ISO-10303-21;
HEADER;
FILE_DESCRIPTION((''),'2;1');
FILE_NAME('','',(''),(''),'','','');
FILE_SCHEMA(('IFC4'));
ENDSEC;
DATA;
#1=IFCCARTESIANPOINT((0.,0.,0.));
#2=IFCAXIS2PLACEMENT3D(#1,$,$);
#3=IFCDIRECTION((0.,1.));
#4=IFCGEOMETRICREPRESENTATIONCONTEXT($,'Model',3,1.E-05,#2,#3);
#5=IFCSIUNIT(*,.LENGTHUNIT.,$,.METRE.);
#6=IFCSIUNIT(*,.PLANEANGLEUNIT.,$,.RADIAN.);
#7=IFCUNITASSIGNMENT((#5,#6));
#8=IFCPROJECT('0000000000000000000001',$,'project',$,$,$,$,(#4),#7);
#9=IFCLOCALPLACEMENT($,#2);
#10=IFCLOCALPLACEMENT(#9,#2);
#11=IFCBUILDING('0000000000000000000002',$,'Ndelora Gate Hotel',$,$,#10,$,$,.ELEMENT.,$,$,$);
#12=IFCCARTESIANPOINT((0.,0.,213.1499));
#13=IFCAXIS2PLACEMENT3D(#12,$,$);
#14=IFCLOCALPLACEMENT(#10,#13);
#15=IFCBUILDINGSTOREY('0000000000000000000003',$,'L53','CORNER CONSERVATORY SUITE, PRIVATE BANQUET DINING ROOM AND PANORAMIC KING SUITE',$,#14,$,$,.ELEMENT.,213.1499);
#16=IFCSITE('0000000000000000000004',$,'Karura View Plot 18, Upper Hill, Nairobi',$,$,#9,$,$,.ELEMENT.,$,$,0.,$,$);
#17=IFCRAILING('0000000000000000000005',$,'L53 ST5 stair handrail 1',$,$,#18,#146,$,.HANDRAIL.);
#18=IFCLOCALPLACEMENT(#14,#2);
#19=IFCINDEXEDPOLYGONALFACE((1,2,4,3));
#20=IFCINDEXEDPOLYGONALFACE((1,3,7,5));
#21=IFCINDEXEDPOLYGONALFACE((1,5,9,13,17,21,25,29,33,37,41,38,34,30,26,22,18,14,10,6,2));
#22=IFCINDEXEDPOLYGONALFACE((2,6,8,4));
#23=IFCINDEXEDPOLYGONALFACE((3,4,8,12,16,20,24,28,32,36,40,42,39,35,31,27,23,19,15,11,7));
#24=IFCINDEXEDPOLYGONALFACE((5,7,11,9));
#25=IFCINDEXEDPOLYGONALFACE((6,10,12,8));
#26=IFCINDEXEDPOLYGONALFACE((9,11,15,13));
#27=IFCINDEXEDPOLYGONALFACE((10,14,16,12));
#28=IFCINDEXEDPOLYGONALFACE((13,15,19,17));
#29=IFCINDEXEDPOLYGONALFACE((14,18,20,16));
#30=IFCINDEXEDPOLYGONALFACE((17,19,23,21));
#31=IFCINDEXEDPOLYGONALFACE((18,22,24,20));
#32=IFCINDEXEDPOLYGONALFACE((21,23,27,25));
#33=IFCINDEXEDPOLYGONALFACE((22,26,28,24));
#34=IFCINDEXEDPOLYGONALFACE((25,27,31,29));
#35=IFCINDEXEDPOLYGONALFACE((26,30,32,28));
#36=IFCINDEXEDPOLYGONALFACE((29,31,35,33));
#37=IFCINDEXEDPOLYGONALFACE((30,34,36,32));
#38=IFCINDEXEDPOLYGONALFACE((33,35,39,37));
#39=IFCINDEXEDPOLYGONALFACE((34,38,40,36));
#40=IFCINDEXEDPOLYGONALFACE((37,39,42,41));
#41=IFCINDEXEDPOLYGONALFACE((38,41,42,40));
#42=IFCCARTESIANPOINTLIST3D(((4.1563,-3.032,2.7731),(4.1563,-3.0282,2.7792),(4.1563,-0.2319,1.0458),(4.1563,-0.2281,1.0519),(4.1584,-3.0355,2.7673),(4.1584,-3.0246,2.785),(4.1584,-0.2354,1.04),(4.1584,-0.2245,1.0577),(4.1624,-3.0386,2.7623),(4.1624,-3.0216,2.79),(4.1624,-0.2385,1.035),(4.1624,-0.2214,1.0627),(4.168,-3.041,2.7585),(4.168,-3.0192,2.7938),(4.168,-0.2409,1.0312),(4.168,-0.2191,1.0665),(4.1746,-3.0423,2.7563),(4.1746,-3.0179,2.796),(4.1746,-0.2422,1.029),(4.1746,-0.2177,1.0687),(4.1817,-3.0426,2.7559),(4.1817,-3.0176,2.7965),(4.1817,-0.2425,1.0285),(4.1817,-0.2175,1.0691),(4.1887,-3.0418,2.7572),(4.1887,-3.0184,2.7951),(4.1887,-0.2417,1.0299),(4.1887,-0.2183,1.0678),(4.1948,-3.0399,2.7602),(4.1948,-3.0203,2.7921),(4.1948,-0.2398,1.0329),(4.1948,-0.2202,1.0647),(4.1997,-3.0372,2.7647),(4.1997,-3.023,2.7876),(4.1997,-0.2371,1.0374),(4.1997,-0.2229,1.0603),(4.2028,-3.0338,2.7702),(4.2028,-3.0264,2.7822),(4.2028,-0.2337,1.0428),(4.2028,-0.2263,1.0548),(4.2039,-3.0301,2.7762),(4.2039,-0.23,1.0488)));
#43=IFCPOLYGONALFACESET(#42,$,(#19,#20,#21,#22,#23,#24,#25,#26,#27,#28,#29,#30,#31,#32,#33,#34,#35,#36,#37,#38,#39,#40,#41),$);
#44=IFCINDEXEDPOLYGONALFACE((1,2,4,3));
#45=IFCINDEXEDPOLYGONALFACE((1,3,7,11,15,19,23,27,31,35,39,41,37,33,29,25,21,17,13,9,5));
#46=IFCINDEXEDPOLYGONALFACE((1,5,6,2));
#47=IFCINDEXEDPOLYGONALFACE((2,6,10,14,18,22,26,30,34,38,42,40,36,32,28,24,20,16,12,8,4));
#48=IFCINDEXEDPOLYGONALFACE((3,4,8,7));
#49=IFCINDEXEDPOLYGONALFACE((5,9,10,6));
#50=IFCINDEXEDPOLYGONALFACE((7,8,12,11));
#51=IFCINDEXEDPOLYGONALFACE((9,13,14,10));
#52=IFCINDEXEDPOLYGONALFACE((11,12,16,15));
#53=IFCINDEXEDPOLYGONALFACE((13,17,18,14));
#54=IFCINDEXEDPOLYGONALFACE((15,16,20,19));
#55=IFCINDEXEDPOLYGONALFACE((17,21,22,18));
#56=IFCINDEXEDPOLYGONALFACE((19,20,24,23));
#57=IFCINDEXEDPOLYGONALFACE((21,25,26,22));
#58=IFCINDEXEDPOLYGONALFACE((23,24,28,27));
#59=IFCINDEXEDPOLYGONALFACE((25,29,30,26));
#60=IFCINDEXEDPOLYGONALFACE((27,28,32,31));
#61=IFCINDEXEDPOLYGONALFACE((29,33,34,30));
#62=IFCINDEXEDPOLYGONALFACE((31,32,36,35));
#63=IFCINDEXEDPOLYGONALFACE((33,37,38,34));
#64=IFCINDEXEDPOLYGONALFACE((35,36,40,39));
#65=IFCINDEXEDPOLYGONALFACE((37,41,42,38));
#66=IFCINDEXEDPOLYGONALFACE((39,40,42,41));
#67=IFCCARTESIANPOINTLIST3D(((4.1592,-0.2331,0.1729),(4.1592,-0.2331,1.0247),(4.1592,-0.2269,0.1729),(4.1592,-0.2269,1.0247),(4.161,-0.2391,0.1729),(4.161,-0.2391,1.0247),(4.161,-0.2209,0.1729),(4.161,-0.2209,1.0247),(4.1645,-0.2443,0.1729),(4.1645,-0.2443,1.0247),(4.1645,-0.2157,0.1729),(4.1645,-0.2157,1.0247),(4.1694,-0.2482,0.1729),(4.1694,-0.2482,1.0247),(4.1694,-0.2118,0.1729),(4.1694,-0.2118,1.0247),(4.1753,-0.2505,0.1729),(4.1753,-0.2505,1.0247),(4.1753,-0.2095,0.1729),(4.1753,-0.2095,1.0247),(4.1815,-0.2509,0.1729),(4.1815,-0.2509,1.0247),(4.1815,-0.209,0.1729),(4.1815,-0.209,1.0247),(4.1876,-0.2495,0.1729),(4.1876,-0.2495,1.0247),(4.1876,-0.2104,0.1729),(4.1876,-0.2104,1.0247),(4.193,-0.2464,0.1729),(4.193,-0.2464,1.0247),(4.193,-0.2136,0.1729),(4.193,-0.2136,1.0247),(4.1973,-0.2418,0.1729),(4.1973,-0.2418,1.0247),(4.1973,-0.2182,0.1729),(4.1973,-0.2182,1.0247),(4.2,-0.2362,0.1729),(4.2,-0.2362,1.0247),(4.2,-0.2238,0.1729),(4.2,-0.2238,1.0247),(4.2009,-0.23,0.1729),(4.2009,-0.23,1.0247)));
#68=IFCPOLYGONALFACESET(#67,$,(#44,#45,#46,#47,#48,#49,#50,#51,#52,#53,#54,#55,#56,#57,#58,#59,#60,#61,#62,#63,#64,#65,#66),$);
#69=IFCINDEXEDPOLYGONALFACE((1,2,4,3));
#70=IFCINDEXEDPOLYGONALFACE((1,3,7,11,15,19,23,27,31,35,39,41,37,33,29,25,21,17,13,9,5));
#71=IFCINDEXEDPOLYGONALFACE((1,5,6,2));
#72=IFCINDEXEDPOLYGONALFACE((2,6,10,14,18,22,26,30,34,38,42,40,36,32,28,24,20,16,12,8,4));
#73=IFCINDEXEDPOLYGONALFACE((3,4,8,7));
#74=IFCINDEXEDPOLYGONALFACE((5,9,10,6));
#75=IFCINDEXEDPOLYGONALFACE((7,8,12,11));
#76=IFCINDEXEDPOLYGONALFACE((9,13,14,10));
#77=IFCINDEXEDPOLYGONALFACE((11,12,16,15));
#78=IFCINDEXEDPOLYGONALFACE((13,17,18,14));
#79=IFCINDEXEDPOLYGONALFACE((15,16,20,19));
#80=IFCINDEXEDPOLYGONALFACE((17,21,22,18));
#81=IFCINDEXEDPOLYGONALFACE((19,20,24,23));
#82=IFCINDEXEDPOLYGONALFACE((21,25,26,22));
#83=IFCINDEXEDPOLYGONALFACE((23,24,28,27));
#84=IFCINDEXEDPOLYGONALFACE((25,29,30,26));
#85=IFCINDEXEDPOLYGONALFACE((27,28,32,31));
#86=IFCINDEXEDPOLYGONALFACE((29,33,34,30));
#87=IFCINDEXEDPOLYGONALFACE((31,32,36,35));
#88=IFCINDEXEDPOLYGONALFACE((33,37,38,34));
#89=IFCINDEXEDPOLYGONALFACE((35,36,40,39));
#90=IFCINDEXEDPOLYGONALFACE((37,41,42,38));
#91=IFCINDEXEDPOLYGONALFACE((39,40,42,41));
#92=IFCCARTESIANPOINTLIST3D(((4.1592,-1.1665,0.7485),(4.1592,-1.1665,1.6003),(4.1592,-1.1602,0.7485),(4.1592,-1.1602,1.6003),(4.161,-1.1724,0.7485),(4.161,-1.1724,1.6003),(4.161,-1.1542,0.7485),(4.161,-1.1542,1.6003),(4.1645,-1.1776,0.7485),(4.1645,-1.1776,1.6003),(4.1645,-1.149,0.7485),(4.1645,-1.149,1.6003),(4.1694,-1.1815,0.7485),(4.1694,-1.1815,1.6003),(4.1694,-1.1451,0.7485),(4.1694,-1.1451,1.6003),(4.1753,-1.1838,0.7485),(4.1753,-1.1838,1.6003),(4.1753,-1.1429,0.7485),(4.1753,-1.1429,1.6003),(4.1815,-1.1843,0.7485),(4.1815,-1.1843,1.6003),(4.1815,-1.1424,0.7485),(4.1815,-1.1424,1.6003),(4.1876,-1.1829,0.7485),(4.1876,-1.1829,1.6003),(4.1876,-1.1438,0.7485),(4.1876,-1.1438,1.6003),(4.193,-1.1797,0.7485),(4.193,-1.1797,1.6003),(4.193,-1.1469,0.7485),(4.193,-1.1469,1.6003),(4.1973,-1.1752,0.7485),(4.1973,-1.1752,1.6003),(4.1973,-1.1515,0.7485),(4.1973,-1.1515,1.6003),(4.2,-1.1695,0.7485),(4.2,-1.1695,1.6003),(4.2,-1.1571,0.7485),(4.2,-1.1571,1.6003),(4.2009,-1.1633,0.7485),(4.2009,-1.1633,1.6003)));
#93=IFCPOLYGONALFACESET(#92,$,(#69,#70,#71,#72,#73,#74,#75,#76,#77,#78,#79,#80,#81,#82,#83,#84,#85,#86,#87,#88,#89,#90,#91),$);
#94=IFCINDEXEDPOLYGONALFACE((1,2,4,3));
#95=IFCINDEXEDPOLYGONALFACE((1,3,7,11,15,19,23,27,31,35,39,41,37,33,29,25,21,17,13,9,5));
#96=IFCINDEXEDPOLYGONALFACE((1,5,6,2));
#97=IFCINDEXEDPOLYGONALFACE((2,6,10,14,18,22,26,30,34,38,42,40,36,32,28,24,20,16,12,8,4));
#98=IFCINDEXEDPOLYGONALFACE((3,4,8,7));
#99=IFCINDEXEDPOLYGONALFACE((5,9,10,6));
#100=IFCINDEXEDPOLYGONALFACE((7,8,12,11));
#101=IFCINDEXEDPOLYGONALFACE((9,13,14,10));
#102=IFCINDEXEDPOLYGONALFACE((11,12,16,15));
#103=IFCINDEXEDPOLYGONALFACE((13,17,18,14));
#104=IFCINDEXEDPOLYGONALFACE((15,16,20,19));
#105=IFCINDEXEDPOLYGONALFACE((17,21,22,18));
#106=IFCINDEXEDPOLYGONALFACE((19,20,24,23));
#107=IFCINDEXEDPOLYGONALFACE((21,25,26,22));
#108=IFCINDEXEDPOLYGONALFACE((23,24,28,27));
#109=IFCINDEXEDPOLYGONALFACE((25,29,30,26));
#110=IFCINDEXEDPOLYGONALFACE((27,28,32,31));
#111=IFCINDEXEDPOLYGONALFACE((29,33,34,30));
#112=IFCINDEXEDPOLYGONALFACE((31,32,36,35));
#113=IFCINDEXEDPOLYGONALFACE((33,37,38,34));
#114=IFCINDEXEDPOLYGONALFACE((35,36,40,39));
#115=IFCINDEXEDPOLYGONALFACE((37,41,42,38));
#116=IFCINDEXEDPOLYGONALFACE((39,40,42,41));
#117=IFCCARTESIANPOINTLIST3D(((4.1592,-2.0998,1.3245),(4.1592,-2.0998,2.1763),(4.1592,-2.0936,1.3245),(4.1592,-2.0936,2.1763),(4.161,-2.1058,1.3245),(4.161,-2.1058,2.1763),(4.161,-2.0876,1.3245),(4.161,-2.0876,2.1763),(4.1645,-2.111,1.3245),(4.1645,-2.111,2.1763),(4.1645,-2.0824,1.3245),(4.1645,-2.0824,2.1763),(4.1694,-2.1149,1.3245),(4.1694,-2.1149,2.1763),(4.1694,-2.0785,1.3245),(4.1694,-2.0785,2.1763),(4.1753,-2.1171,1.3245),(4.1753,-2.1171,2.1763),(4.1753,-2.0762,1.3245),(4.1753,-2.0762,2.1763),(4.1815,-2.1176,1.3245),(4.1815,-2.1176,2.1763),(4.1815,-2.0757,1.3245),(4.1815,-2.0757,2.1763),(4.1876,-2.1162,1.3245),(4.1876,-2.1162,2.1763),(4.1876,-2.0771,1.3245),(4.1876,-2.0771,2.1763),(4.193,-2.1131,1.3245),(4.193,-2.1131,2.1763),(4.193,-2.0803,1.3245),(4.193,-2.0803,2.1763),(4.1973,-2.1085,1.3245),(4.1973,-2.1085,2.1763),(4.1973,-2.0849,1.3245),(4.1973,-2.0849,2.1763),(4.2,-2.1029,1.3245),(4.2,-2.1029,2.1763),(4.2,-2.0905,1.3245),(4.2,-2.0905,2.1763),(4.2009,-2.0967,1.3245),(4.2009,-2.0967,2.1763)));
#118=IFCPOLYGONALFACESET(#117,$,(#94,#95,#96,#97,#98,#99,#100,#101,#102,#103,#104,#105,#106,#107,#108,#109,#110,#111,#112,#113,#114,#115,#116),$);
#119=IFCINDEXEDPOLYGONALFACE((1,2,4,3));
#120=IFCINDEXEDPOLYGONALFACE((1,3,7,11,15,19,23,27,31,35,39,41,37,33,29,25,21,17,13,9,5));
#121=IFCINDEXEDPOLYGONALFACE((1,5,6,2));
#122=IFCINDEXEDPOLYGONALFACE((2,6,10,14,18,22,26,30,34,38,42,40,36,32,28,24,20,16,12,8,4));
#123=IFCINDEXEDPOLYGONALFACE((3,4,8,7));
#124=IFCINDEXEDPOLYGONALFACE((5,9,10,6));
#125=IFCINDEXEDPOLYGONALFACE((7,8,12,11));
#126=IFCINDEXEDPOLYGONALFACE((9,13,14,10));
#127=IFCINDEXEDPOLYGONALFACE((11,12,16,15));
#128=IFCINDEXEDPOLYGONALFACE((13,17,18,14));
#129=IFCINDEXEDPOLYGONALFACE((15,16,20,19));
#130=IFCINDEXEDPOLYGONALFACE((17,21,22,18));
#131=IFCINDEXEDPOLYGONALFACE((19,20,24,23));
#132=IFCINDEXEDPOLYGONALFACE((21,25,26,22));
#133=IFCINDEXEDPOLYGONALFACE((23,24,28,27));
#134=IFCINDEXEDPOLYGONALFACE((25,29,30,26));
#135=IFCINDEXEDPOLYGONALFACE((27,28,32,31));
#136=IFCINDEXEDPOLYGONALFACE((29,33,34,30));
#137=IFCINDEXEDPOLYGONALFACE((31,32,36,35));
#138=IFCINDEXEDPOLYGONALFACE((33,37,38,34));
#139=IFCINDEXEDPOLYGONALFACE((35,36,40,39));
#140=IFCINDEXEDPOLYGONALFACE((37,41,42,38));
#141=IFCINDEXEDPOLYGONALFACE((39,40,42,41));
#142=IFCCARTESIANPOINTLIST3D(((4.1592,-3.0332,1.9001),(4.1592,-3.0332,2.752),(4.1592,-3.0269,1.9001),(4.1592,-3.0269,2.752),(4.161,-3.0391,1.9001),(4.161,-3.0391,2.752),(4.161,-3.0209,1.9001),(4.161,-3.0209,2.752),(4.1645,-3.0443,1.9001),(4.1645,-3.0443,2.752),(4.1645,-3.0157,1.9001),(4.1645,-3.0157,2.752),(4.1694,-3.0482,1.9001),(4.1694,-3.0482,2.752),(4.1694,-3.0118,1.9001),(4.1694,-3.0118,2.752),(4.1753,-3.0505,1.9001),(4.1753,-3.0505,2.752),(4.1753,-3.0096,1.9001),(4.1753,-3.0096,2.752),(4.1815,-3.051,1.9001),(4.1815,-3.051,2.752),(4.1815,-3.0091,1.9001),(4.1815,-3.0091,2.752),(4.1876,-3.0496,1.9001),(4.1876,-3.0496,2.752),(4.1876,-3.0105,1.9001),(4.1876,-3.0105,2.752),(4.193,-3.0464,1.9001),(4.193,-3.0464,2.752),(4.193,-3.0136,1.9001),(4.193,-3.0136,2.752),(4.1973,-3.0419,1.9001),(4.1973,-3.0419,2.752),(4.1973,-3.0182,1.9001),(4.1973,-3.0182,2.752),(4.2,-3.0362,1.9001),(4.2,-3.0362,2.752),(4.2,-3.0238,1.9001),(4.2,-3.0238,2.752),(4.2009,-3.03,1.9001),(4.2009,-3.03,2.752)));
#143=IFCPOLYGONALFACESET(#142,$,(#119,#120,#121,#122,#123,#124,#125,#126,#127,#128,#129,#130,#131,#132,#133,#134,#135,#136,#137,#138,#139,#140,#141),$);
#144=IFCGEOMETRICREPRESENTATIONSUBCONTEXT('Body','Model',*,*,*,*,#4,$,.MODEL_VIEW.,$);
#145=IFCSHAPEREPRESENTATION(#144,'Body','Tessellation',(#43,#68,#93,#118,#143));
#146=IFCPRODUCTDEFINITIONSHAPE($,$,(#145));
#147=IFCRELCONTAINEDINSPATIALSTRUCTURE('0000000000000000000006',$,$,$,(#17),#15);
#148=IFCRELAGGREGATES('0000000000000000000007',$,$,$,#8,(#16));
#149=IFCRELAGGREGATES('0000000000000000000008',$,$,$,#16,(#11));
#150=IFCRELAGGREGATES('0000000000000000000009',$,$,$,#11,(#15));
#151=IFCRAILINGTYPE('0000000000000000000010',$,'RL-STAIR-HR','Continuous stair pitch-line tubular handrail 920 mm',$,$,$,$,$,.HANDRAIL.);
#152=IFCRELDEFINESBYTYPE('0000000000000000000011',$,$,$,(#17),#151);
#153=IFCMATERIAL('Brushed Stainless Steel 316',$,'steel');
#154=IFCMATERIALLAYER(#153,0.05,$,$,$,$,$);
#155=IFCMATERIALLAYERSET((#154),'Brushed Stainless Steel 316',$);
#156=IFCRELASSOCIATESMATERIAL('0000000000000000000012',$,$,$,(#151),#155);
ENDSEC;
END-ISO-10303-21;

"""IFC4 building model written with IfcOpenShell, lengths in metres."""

from ifc_helpers import new_model, si_unit, direction, frame, origin, origin_2d, place, context, subcontext, project, spatial, circle, extrude, material, layer, layer_set, type_object, element, save


model = new_model("IFC4")

# Units and contexts
model_context = context("Model", 3, precision=1e-05, world=origin(), true_north=direction((0.0, 1.0)))
body_context = subcontext(model_context, "Body", "Model", "MODEL_VIEW")
ifc_project = project(units=[si_unit("LENGTHUNIT", "METRE"), si_unit("PLANEANGLEUNIT", "RADIAN")], contexts=[model_context])

# Site, building, storey
site_placement = place(None, origin())
site = spatial("IfcSite", under=ifc_project, at=site_placement, Name="Karura View Plot 18, Upper Hill, Nairobi", CompositionType="ELEMENT", RefElevation=0.0)
building_placement = place(site_placement, origin())
building = spatial("IfcBuilding", under=site, at=building_placement, Name="Ndelora Gate Hotel", CompositionType="ELEMENT")
storey_placement = place(building_placement, frame((0.0, 0.0, 213.1499)))
storey = spatial("IfcBuildingStorey", under=building, at=storey_placement, Name="L53", Description="CORNER CONSERVATORY SUITE, PRIVATE BANQUET DINING ROOM AND PANORAMIC KING SUITE", CompositionType="ELEMENT", Elevation=213.1499)

# Railing
ifc_material_1 = material(Name="Brushed Stainless Steel 316", Category="steel")
ifc_layer_1 = layer(ifc_material_1, 0.05)
ifc_layer_set_1 = layer_set([ifc_layer_1], Name="Brushed Stainless Steel 316")
railing_type_1 = type_object("IfcRailingType", Name="RL-STAIR-HR", Description="Continuous stair pitch-line tubular handrail 920 mm", PredefinedType="HANDRAIL", material=ifc_layer_set_1)
railing_1_placement = place(storey_placement, frame((4.1799, -0.23, 0.1729)))
element("IfcRailing", 1, at=railing_1_placement, inside=storey, type_object=railing_type_1, Name="L53 ST5 stair handrail 1", PredefinedType="HANDRAIL", context=body_context, shape_type="SweptSolid", body=[
    extrude(circle(Radius=0.0239, at=origin_2d()), frame((0.0, 0.0, 0.876), z_axis=(0.0, -0.85109, 0.52502), x_axis=(1.0, 0.0, 0.0)), (0.0, 0.0, 1.0), 3.29),
    extrude(circle(Radius=0.021, at=origin_2d()), origin(), (0.0, 0.0, 1.0), 0.8518),
    extrude(circle(Radius=0.021, at=origin_2d()), frame((0.0, -0.9333, 0.5757)), (0.0, 0.0, 1.0), 0.8518),
    extrude(circle(Radius=0.021, at=origin_2d()), frame((0.0, -1.8667, 1.1516)), (0.0, 0.0, 1.0), 0.8518),
    extrude(circle(Radius=0.021, at=origin_2d()), frame((0.0, -2.8, 1.7273)), (0.0, 0.0, 1.0), 0.8518),
])

save(model, "model.ifc")
